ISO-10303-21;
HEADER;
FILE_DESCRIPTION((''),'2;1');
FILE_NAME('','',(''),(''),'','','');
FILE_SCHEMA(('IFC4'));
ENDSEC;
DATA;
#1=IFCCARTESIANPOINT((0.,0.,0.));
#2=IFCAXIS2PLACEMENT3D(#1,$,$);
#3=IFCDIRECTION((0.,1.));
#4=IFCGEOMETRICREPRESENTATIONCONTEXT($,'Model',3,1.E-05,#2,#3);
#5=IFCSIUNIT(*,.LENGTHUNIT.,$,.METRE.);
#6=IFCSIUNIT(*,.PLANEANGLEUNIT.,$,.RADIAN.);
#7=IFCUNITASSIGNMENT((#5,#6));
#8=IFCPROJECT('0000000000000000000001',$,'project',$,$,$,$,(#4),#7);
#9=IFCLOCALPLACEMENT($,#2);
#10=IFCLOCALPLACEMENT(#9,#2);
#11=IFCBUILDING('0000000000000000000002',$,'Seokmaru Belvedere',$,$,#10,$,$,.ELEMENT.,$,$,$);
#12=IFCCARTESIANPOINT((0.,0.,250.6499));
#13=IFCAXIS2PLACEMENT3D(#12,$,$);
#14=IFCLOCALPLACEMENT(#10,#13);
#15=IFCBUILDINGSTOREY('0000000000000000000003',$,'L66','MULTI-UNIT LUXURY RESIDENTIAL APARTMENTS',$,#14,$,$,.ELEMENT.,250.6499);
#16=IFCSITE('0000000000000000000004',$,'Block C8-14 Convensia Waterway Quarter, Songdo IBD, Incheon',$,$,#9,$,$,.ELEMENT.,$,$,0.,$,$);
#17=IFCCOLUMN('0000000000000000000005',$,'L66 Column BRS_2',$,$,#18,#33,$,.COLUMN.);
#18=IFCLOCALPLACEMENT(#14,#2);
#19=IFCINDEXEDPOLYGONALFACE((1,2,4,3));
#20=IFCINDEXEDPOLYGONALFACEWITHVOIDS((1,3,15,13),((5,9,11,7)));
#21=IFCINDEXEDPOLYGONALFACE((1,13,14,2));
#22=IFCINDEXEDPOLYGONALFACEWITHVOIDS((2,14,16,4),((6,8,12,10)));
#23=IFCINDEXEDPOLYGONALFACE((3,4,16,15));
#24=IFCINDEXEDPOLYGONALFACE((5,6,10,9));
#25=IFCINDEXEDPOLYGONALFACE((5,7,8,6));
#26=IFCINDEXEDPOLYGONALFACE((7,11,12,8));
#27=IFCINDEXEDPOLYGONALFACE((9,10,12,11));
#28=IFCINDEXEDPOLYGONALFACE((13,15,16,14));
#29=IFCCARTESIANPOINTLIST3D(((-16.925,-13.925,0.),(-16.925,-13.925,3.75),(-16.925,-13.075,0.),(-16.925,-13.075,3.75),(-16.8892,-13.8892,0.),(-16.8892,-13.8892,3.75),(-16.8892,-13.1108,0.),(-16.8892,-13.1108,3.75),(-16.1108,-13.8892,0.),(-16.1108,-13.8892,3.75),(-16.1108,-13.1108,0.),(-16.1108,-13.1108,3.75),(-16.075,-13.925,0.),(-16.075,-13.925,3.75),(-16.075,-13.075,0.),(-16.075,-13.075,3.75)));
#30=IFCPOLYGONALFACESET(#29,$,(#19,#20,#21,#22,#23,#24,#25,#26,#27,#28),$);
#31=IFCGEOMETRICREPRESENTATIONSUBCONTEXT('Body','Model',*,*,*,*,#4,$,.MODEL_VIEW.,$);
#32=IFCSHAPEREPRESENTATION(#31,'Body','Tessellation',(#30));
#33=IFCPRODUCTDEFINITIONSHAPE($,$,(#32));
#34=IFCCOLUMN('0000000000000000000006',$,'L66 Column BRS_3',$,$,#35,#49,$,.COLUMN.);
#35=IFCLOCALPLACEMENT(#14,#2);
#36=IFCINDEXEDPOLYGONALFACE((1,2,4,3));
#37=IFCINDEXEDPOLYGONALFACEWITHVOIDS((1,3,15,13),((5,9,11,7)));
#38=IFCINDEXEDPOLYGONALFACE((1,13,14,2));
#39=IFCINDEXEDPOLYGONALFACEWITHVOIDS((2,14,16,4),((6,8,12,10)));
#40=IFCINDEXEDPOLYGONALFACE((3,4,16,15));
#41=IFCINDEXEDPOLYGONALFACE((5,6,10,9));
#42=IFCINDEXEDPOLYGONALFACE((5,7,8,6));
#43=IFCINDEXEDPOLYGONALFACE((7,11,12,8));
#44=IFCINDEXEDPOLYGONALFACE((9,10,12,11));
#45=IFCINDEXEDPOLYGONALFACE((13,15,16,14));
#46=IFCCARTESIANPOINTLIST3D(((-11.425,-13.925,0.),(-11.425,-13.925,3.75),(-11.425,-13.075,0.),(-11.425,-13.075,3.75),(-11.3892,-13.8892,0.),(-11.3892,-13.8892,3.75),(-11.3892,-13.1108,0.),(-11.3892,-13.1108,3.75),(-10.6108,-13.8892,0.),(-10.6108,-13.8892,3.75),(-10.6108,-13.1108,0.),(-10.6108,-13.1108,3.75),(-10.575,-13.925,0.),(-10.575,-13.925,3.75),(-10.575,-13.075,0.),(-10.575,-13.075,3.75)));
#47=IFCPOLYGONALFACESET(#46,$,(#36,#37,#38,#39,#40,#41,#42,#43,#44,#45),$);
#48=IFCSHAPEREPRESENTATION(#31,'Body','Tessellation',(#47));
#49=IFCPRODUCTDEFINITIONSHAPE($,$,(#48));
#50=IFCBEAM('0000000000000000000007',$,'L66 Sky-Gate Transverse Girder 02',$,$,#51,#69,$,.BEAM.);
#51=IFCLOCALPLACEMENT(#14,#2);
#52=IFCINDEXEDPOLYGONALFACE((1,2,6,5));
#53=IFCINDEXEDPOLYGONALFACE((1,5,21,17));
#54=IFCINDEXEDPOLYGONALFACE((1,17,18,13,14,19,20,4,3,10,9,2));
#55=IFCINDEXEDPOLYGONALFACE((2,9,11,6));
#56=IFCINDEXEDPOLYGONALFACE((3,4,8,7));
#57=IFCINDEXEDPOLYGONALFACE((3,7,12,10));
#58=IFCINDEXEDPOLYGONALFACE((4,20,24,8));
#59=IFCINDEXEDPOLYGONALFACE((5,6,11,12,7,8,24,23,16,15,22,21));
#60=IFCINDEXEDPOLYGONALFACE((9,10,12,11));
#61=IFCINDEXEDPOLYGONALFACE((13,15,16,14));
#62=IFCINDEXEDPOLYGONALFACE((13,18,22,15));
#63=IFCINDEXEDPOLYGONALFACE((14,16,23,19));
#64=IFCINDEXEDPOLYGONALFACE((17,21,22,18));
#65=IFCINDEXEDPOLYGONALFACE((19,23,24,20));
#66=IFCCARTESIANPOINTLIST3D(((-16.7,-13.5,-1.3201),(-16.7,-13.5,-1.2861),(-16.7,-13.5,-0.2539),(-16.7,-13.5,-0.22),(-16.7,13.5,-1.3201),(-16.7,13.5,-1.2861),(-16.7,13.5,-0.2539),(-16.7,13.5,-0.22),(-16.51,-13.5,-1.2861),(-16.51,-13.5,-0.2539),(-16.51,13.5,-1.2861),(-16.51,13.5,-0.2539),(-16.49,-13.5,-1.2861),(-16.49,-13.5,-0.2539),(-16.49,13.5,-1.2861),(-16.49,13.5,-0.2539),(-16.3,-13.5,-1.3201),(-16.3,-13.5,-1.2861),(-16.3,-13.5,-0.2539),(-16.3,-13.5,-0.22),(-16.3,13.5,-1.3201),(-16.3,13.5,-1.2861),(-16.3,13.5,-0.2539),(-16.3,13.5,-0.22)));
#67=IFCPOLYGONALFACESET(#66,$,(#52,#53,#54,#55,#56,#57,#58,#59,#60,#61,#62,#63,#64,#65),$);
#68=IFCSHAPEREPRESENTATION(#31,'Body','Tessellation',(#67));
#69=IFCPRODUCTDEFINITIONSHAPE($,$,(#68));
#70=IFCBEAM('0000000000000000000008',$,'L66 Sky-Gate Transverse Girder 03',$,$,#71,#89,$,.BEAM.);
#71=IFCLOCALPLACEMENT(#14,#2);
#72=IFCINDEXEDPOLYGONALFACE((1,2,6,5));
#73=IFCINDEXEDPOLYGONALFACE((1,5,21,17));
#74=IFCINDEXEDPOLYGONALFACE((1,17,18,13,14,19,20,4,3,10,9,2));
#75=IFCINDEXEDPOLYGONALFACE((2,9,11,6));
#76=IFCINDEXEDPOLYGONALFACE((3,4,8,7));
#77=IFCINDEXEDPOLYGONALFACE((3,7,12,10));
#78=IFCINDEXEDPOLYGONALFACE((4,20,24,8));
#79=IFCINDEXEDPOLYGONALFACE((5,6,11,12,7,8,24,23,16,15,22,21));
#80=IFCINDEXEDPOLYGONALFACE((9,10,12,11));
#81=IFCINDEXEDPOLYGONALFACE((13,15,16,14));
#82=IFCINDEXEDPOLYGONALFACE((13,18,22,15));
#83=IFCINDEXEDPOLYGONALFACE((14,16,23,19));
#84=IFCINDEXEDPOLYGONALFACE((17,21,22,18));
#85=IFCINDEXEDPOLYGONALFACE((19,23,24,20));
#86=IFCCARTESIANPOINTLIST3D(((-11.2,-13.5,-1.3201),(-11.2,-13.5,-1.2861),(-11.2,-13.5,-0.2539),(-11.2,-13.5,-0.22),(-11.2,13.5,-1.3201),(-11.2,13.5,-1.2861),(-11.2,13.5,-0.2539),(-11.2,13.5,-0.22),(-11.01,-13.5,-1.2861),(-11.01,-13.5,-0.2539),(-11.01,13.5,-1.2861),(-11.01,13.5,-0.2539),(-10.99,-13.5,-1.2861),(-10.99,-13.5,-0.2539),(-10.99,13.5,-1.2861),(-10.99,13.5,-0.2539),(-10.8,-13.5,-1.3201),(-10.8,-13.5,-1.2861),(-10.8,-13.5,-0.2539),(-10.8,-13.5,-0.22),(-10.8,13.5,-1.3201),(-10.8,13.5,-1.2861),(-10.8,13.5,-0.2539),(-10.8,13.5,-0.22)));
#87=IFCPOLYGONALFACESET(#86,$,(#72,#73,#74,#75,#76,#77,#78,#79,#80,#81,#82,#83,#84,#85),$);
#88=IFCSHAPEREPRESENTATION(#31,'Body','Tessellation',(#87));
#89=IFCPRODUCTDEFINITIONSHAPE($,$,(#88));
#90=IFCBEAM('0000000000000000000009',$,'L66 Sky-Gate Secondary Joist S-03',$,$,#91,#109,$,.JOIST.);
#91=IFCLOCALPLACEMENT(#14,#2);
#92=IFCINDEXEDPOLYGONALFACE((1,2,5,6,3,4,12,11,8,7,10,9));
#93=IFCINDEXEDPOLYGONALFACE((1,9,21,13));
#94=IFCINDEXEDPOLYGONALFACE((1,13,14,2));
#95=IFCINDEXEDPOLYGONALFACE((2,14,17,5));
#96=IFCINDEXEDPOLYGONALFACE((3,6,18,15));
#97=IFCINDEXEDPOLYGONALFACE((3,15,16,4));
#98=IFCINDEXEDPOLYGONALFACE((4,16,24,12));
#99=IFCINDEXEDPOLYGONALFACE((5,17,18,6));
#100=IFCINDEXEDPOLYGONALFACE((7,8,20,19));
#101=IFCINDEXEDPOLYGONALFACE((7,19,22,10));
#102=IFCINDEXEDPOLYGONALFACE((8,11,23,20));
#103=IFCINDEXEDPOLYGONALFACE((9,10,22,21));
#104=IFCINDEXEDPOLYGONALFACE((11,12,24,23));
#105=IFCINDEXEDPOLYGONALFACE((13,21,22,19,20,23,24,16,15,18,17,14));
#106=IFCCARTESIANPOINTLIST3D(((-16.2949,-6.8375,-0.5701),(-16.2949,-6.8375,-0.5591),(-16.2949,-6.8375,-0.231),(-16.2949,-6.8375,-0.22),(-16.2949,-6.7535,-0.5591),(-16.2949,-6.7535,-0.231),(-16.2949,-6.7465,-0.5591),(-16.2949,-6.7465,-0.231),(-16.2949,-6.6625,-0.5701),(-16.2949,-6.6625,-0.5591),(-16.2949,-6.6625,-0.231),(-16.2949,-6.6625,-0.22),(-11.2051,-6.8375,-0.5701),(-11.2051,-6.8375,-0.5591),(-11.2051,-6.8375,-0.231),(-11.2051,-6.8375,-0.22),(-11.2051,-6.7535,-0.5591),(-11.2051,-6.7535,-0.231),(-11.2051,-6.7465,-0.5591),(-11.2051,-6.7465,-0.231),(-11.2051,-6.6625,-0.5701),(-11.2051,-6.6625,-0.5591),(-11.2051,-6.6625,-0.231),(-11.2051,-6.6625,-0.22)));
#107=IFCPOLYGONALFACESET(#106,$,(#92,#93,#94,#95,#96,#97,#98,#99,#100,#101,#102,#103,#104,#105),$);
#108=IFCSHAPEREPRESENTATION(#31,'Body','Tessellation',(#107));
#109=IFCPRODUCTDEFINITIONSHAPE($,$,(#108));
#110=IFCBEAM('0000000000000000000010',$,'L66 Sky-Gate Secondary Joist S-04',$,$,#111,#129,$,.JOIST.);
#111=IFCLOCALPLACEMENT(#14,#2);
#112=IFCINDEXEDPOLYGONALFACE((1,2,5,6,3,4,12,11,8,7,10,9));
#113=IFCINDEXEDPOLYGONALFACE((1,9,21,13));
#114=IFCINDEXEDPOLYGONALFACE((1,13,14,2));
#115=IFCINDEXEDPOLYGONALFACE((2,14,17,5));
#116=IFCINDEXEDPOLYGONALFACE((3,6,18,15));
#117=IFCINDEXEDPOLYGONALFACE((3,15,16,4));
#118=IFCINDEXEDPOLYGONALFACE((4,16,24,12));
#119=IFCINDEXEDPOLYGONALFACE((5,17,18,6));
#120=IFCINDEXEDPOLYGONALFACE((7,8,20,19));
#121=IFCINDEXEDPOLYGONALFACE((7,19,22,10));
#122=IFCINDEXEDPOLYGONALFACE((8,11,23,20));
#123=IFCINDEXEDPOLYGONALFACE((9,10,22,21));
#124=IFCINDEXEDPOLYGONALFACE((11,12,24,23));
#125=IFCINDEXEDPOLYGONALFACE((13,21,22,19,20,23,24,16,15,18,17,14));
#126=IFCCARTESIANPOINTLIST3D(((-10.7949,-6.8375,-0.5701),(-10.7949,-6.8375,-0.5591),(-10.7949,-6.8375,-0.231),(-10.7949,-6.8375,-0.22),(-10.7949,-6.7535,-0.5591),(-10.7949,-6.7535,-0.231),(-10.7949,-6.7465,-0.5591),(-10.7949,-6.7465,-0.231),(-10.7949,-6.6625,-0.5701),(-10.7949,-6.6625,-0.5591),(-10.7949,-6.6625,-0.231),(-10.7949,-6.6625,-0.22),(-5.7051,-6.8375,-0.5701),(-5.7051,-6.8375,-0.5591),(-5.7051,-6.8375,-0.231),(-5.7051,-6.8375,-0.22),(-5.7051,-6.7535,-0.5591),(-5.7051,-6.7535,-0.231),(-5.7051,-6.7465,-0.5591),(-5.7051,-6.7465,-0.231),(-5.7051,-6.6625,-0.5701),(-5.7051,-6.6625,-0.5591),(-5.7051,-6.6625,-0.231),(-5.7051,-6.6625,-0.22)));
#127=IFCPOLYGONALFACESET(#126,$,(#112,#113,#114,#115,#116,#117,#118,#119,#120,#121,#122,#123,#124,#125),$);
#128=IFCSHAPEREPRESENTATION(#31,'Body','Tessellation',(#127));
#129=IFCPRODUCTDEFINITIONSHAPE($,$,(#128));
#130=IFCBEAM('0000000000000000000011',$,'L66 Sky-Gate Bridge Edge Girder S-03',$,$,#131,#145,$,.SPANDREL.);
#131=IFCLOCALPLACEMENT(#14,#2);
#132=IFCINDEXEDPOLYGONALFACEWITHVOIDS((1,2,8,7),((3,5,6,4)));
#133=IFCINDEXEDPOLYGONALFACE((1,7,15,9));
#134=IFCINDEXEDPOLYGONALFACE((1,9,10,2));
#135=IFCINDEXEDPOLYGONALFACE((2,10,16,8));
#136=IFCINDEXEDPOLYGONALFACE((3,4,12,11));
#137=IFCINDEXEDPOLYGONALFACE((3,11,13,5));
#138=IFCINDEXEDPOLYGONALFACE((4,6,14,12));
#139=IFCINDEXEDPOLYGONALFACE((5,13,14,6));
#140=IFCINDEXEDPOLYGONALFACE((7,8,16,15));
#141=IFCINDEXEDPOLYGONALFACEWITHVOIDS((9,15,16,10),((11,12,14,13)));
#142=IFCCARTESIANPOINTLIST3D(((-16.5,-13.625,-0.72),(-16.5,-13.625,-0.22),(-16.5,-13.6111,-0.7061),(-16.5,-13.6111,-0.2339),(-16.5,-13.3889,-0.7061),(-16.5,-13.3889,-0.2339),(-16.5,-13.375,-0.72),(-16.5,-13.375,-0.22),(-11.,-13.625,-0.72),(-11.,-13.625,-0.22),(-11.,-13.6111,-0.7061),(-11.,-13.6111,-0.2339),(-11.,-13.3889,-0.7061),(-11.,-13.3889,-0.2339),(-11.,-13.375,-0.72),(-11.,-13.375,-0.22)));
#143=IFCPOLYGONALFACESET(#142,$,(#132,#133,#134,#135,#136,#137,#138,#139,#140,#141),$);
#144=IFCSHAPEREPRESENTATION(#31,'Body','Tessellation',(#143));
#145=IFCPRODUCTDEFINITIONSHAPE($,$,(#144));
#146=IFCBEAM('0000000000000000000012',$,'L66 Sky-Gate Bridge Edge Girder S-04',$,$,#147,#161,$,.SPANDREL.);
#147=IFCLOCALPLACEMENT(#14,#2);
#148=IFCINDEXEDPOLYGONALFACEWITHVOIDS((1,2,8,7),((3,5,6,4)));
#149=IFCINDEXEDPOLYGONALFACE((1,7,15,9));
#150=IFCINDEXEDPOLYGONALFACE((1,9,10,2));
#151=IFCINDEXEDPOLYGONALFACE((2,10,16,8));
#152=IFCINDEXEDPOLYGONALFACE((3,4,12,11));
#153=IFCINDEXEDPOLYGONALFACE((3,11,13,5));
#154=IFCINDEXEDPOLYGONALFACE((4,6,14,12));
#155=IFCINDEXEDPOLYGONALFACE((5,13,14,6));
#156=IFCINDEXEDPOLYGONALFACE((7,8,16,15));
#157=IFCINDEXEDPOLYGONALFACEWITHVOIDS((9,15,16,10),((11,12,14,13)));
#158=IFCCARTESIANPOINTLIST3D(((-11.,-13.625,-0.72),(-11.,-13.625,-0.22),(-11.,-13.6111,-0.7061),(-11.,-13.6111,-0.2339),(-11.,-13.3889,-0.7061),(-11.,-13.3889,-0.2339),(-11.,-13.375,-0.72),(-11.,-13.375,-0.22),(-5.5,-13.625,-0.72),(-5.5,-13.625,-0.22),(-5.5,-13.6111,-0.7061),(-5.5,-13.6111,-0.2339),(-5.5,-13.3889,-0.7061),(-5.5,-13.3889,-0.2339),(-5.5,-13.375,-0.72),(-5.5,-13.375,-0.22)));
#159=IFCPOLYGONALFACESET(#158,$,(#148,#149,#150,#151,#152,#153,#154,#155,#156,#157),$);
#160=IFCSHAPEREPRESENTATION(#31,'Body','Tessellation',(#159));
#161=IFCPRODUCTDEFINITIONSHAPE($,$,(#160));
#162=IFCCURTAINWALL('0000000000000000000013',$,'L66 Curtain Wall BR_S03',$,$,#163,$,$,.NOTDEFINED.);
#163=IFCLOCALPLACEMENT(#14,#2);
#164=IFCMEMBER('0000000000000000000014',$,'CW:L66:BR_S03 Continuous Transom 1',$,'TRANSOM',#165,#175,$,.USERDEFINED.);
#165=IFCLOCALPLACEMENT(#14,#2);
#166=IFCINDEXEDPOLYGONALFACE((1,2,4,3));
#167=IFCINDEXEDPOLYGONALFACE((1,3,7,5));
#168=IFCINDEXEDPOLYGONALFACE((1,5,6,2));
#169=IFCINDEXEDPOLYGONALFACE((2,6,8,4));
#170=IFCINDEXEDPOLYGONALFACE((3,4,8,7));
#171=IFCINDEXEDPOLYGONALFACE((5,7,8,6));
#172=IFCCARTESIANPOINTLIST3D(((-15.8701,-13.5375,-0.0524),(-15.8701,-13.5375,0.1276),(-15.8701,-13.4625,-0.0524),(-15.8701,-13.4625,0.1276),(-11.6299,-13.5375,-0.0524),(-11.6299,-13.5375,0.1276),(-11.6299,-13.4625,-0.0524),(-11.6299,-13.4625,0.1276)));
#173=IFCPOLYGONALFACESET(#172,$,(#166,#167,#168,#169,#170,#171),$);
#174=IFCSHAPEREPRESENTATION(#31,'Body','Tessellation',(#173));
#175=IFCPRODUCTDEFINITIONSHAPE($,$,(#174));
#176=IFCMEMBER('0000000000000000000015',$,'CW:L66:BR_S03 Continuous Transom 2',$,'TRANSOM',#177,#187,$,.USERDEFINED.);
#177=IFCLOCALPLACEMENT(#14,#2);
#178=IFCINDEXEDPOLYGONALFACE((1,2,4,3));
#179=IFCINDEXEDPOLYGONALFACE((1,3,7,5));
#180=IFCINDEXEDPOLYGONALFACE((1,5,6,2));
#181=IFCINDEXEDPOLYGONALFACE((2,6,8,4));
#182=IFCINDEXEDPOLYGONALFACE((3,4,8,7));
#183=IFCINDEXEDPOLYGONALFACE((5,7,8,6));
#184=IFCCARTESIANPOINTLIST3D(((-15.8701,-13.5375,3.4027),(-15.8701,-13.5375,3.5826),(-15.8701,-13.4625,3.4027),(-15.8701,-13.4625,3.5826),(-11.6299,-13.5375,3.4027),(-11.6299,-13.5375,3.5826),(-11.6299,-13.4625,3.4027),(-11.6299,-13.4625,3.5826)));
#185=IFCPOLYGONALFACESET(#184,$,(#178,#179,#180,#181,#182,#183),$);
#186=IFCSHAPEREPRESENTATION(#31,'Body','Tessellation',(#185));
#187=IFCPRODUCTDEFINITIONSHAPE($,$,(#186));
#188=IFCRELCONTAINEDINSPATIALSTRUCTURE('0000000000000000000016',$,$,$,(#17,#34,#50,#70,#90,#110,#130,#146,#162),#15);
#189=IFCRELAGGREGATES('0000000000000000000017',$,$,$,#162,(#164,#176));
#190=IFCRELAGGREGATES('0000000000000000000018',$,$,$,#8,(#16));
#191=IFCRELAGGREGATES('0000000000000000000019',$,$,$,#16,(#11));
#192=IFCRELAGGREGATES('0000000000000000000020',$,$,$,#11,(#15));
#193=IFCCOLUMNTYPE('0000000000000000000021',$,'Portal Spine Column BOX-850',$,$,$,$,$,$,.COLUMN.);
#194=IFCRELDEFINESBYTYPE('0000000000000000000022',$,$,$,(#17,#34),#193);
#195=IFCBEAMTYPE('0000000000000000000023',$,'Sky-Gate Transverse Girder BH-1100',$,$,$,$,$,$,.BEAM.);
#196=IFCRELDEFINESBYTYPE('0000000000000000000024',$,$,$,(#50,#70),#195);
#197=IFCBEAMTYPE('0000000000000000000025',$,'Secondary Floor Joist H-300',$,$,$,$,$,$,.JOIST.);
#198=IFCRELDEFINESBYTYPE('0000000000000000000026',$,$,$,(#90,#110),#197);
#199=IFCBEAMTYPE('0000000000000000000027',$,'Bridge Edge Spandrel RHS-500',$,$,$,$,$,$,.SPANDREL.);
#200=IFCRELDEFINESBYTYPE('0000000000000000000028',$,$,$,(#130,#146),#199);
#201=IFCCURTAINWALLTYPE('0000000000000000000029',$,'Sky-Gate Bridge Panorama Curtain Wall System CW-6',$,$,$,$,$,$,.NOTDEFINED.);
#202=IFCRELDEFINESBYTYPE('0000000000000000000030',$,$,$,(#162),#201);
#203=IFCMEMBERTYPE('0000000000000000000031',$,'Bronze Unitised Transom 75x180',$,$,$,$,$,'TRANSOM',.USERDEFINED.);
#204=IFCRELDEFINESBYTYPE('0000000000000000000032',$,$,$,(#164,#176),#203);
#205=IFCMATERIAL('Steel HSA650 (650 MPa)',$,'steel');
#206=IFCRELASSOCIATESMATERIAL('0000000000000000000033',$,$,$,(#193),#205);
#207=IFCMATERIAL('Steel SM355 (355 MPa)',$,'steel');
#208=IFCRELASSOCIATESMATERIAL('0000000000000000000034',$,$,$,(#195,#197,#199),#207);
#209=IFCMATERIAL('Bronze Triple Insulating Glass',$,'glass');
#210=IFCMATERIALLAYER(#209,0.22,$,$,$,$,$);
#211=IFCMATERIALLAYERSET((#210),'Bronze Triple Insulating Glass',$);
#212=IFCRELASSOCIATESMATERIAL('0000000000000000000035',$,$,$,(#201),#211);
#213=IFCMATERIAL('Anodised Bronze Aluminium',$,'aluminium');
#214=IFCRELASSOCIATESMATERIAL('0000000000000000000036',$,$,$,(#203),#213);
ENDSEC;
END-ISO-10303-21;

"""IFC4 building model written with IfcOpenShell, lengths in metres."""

from ifc_helpers import new_model, si_unit, direction, frame, origin, origin_2d, place, context, subcontext, project, spatial, rectangle, hollow_rectangle, i_section, extrude, source, transform, mapped, material, layer, layer_set, material_profile, profile_set, type_object, type_shapes, element, aggregate, save


model = new_model("IFC4")

# Units and contexts
model_context = context("Model", 3, precision=1e-05, world=origin(), true_north=direction((0.0, 1.0)))
body_context = subcontext(model_context, "Body", "Model", "MODEL_VIEW")
ifc_project = project(units=[si_unit("LENGTHUNIT", "METRE"), si_unit("PLANEANGLEUNIT", "RADIAN")], contexts=[model_context])

# Site, building, storey
site_placement = place(None, origin())
site = spatial("IfcSite", under=ifc_project, at=site_placement, Name="Block C8-14 Convensia Waterway Quarter, Songdo IBD, Incheon", CompositionType="ELEMENT", RefElevation=0.0)
building_placement = place(site_placement, origin())
building = spatial("IfcBuilding", under=site, at=building_placement, Name="Seokmaru Belvedere", CompositionType="ELEMENT")
storey_placement = place(building_placement, frame((0.0, 0.0, 250.6499)))
storey = spatial("IfcBuildingStorey", under=building, at=storey_placement, Name="L66", Description="MULTI-UNIT LUXURY RESIDENTIAL APARTMENTS", CompositionType="ELEMENT", Elevation=250.6499)

# Columns
ifc_material_1 = material(Name="Steel HSA650 (650 MPa)", Category="steel")
ifc_material_profile_1 = material_profile(ifc_material_1, hollow_rectangle(XDim=0.8501, YDim=0.8501, WallThickness=0.0359, at=origin_2d()), Name="BOX-850x850x36")
ifc_profile_set_1 = profile_set([ifc_material_profile_1], Name="Steel HSA650 (650 MPa)")
column_type = type_object("IfcColumnType", Name="Portal Spine Column BOX-850", PredefinedType="COLUMN", material=ifc_profile_set_1)
shared_shape_1 = source(origin(), body_context, "Body", "SweptSolid", [
    extrude(hollow_rectangle(XDim=0.8501, YDim=0.8501, WallThickness=0.0359, at=origin_2d()), origin(), (0.0, 0.0, 1.0), 3.75),
])
type_shapes(column_type, [shared_shape_1])
for number, where, z_axis, x_axis, name in (
    (1, (-16.5, -13.5, 0.0), (0.0, 0.0, 1.0), (1.0, 0.0, 0.0), "L66 Column BRS_2"),
    (2, (-11.0, -13.5, 0.0), (0.0, 0.0, 1.0), (1.0, 0.0, 0.0), "L66 Column BRS_3"),
):
    element("IfcColumn", number, at=place(storey_placement, frame(where, z_axis=z_axis, x_axis=x_axis)), inside=storey, type_object=column_type, Name=name, PredefinedType="COLUMN", context=body_context, shape_type="MappedRepresentation", body=[
        mapped(shared_shape_1, transform((0.0, 0.0, 0.0), scale=1.0)),
    ])

# Beams
ifc_material_2 = material(Name="Steel SM355 (355 MPa)", Category="steel")
ifc_material_profile_2 = material_profile(ifc_material_2, i_section(OverallWidth=0.3999, OverallDepth=1.1001, WebThickness=0.02, FlangeThickness=0.0339, at=origin_2d()), Name="BH-1100x400x20x34")
ifc_profile_set_2 = profile_set([ifc_material_profile_2], Name="Steel SM355 (355 MPa)")
beam_type_1 = type_object("IfcBeamType", Name="Sky-Gate Transverse Girder BH-1100", PredefinedType="BEAM", material=ifc_profile_set_2)
shared_shape_2 = source(origin(), body_context, "Body", "SweptSolid", [
    extrude(i_section(OverallWidth=0.3999, OverallDepth=1.1001, WebThickness=0.02, FlangeThickness=0.0339, at=origin_2d()), origin(), (0.0, 0.0, 1.0), 27.0),
])
type_shapes(beam_type_1, [shared_shape_2])
for number, where, z_axis, x_axis, name in (
    (3, (-16.5, -13.5, -0.77), (0.0, 1.0, 0.0), (-1.0, 0.0, 0.0), "L66 Sky-Gate Transverse Girder 02"),
    (4, (-11.0, -13.5, -0.77), (0.0, 1.0, 0.0), (-1.0, 0.0, 0.0), "L66 Sky-Gate Transverse Girder 03"),
):
    element("IfcBeam", number, at=place(storey_placement, frame(where, z_axis=z_axis, x_axis=x_axis)), inside=storey, type_object=beam_type_1, Name=name, PredefinedType="BEAM", context=body_context, shape_type="MappedRepresentation", body=[
        mapped(shared_shape_2, transform((0.0, 0.0, 0.0), scale=1.0)),
    ])
ifc_material_profile_3 = material_profile(ifc_material_2, i_section(OverallWidth=0.175, OverallDepth=0.3501, WebThickness=0.0071, FlangeThickness=0.011, at=origin_2d()), Name="H-350x175x7x11")
ifc_profile_set_3 = profile_set([ifc_material_profile_3], Name="Steel SM355 (355 MPa)")
beam_type_2 = type_object("IfcBeamType", Name="Secondary Floor Joist H-300", PredefinedType="JOIST", material=ifc_profile_set_3)
shared_shape_3 = source(origin(), body_context, "Body", "SweptSolid", [
    extrude(i_section(OverallWidth=0.175, OverallDepth=0.3501, WebThickness=0.0071, FlangeThickness=0.011, at=origin_2d()), origin(), (0.0, 0.0, 1.0), 5.0898),
])
type_shapes(beam_type_2, [shared_shape_3])
for number, where, z_axis, x_axis, name in (
    (5, (-16.2949, -6.75, -0.395), (1.0, 0.0, 0.0), (0.0, 1.0, 0.0), "L66 Sky-Gate Secondary Joist S-03"),
    (6, (-10.7949, -6.75, -0.395), (1.0, 0.0, 0.0), (0.0, 1.0, 0.0), "L66 Sky-Gate Secondary Joist S-04"),
):
    element("IfcBeam", number, at=place(storey_placement, frame(where, z_axis=z_axis, x_axis=x_axis)), inside=storey, type_object=beam_type_2, Name=name, PredefinedType="JOIST", context=body_context, shape_type="MappedRepresentation", body=[
        mapped(shared_shape_3, transform((0.0, 0.0, 0.0), scale=1.0)),
    ])
ifc_material_profile_4 = material_profile(ifc_material_2, hollow_rectangle(XDim=0.25, YDim=0.5, WallThickness=0.0139, at=origin_2d()), Name="RHS-500x250x14")
ifc_profile_set_4 = profile_set([ifc_material_profile_4], Name="Steel SM355 (355 MPa)")
beam_type_3 = type_object("IfcBeamType", Name="Bridge Edge Spandrel RHS-500", PredefinedType="SPANDREL", material=ifc_profile_set_4)
shared_shape_4 = source(origin(), body_context, "Body", "SweptSolid", [
    extrude(hollow_rectangle(XDim=0.25, YDim=0.5, WallThickness=0.0139, at=origin_2d()), origin(), (0.0, 0.0, 1.0), 5.5),
])
type_shapes(beam_type_3, [shared_shape_4])
for number, where, z_axis, x_axis, name in (
    (7, (-16.5, -13.5, -0.47), (1.0, 0.0, 0.0), (0.0, 1.0, 0.0), "L66 Sky-Gate Bridge Edge Girder S-03"),
    (8, (-11.0, -13.5, -0.47), (1.0, 0.0, 0.0), (0.0, 1.0, 0.0), "L66 Sky-Gate Bridge Edge Girder S-04"),
):
    element("IfcBeam", number, at=place(storey_placement, frame(where, z_axis=z_axis, x_axis=x_axis)), inside=storey, type_object=beam_type_3, Name=name, PredefinedType="SPANDREL", context=body_context, shape_type="MappedRepresentation", body=[
        mapped(shared_shape_4, transform((0.0, 0.0, 0.0), scale=1.0)),
    ])

# Curtain wall, members
ifc_material_3 = material(Name="Bronze Triple Insulating Glass", Category="glass")
ifc_layer_1 = layer(ifc_material_3, 0.22)
ifc_layer_set_1 = layer_set([ifc_layer_1], Name="Bronze Triple Insulating Glass")
curtain_wall_type = type_object("IfcCurtainWallType", Name="Sky-Gate Bridge Panorama Curtain Wall System CW-6", PredefinedType="NOTDEFINED", material=ifc_layer_set_1)
curtain_wall_1_placement = place(storey_placement, origin())
curtain_wall_1 = element("IfcCurtainWall", 9, at=curtain_wall_1_placement, inside=storey, type_object=curtain_wall_type, Name="L66 Curtain Wall BR_S03", PredefinedType="NOTDEFINED")
ifc_material_4 = material(Name="Anodised Bronze Aluminium", Category="aluminium")
ifc_material_profile_5 = material_profile(ifc_material_4, rectangle(XDim=0.075, YDim=0.1799, at=origin_2d()), Name="CW-T-75x180")
ifc_profile_set_5 = profile_set([ifc_material_profile_5], Name="Anodised Bronze Aluminium")
member_type_1 = type_object("IfcMemberType", Name="Bronze Unitised Transom 75x180", ElementType="TRANSOM", PredefinedType="USERDEFINED", material=ifc_profile_set_5)
shared_shape_5 = source(origin(), body_context, "Body", "SweptSolid", [
    extrude(rectangle(XDim=0.075, YDim=0.1799, at=origin_2d()), origin(), (0.0, 0.0, 1.0), 4.2402),
])
type_shapes(member_type_1, [shared_shape_5])
member_1_placement = place(storey_placement, frame((-15.8701, -13.5, 0.0376), z_axis=(1.0, 0.0, 0.0), x_axis=(0.0, 1.0, 0.0)))
member_1 = element("IfcMember", 10, at=member_1_placement, type_object=member_type_1, Name="CW:L66:BR_S03 Continuous Transom 1", ObjectType="TRANSOM", PredefinedType="USERDEFINED", context=body_context, shape_type="MappedRepresentation", body=[
    mapped(shared_shape_5, transform((0.0, 0.0, 0.0), scale=1.0)),
])
member_2_placement = place(storey_placement, frame((-15.8701, -13.5, 3.4927), z_axis=(1.0, 0.0, 0.0), x_axis=(0.0, 1.0, 0.0)))
member_2 = element("IfcMember", 11, at=member_2_placement, type_object=member_type_1, Name="CW:L66:BR_S03 Continuous Transom 2", ObjectType="TRANSOM", PredefinedType="USERDEFINED", context=body_context, shape_type="MappedRepresentation", body=[
    mapped(shared_shape_5, transform((0.0, 0.0, 0.0), scale=1.0)),
])

aggregate(curtain_wall_1, [member_1, member_2])

save(model, "model.ifc")
